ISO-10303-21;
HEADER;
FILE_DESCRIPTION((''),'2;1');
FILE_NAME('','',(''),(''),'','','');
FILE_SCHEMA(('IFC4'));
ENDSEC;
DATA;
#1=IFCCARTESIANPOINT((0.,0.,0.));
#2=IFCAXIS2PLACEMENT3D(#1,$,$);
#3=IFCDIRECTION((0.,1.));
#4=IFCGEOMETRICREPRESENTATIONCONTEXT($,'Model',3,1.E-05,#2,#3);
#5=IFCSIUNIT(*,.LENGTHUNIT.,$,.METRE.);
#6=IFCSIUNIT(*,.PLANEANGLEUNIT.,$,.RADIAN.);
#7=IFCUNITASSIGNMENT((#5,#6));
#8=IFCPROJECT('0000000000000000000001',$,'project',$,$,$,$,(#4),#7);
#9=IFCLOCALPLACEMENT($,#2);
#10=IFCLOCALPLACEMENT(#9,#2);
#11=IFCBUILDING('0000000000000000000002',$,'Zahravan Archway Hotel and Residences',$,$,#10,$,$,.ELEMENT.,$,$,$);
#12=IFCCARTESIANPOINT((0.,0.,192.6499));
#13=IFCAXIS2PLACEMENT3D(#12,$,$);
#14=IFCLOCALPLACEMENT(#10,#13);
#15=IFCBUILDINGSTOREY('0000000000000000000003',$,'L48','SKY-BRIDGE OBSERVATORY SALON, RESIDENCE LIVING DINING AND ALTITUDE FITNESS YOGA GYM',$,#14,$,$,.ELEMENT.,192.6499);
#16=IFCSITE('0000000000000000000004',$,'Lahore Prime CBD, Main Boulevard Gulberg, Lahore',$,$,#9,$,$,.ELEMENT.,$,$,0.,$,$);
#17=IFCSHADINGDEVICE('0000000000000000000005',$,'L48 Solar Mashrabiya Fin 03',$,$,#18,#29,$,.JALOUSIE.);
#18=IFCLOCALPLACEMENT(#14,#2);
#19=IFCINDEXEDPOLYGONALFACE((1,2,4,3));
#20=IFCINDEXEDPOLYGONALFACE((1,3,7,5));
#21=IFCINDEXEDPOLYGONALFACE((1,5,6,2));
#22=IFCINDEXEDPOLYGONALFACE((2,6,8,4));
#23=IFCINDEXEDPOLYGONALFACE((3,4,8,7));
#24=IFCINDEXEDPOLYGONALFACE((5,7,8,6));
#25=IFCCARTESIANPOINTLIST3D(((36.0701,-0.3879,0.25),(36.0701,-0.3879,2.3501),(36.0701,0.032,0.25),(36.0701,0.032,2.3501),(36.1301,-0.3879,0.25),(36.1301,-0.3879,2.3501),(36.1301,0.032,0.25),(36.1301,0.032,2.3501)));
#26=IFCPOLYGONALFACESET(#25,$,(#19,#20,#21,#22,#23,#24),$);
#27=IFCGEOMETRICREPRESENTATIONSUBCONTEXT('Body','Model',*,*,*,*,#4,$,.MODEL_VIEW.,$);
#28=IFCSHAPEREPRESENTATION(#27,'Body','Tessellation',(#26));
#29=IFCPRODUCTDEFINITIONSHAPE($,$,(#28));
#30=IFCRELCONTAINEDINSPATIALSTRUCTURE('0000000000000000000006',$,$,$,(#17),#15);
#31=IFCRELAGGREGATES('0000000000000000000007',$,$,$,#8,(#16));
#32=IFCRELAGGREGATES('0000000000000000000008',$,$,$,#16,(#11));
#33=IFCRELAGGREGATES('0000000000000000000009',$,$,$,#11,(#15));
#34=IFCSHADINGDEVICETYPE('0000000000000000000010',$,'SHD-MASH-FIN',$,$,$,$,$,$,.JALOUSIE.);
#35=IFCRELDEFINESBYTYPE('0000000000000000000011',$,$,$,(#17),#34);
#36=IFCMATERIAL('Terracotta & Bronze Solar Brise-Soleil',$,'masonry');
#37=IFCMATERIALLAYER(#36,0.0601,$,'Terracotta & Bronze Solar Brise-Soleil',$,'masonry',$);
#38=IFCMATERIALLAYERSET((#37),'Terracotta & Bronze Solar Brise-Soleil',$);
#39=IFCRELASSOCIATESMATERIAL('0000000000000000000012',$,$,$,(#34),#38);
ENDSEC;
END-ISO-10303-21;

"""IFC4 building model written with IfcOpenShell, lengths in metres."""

from ifc_helpers import new_model, si_unit, direction, frame, origin, origin_2d, place, context, subcontext, project, spatial, rectangle, extrude, source, transform, mapped, material, layer, layer_set, type_object, type_shapes, element, save


model = new_model("IFC4")

# Units and contexts
model_context = context("Model", 3, precision=1e-05, world=origin(), true_north=direction((0.0, 1.0)))
body_context = subcontext(model_context, "Body", "Model", "MODEL_VIEW")
ifc_project = project(units=[si_unit("LENGTHUNIT", "METRE"), si_unit("PLANEANGLEUNIT", "RADIAN")], contexts=[model_context])

# Site, building, storey
site_placement = place(None, origin())
site = spatial("IfcSite", under=ifc_project, at=site_placement, Name="Lahore Prime CBD, Main Boulevard Gulberg, Lahore", CompositionType="ELEMENT", RefElevation=0.0)
building_placement = place(site_placement, origin())
building = spatial("IfcBuilding", under=site, at=building_placement, Name="Zahravan Archway Hotel and Residences", CompositionType="ELEMENT")
storey_placement = place(building_placement, frame((0.0, 0.0, 192.6499)))
storey = spatial("IfcBuildingStorey", under=building, at=storey_placement, Name="L48", Description="SKY-BRIDGE OBSERVATORY SALON, RESIDENCE LIVING DINING AND ALTITUDE FITNESS YOGA GYM", CompositionType="ELEMENT", Elevation=192.6499)

# Shading device
ifc_material_1 = material(Name="Terracotta & Bronze Solar Brise-Soleil", Category="masonry")
ifc_layer_1 = layer(ifc_material_1, 0.0601, Name="Terracotta & Bronze Solar Brise-Soleil", Category="masonry")
ifc_layer_set_1 = layer_set([ifc_layer_1], Name="Terracotta & Bronze Solar Brise-Soleil")
shading_device_type = type_object("IfcShadingDeviceType", Name="SHD-MASH-FIN", PredefinedType="JALOUSIE", material=ifc_layer_set_1)
shared_shape_1 = source(origin(), body_context, "Body", "SweptSolid", [
    extrude(rectangle(XDim=0.0601, YDim=0.4199, at=origin_2d()), origin(), (0.0, 0.0, 1.0), 2.1001),
])
type_shapes(shading_device_type, [shared_shape_1])
for number, where, z_axis, x_axis, name in (
    (1, (36.1001, -0.178, 0.25), (0.0, 0.0, 1.0), (1.0, 0.0, 0.0), "L48 Solar Mashrabiya Fin 03"),
):
    element("IfcShadingDevice", number, at=place(storey_placement, frame(where, z_axis=z_axis, x_axis=x_axis)), inside=storey, type_object=shading_device_type, Name=name, PredefinedType="JALOUSIE", context=body_context, shape_type="MappedRepresentation", body=[
        mapped(shared_shape_1, transform((0.0, 0.0, 0.0), scale=1.0)),
    ])

save(model, "model.ifc")
